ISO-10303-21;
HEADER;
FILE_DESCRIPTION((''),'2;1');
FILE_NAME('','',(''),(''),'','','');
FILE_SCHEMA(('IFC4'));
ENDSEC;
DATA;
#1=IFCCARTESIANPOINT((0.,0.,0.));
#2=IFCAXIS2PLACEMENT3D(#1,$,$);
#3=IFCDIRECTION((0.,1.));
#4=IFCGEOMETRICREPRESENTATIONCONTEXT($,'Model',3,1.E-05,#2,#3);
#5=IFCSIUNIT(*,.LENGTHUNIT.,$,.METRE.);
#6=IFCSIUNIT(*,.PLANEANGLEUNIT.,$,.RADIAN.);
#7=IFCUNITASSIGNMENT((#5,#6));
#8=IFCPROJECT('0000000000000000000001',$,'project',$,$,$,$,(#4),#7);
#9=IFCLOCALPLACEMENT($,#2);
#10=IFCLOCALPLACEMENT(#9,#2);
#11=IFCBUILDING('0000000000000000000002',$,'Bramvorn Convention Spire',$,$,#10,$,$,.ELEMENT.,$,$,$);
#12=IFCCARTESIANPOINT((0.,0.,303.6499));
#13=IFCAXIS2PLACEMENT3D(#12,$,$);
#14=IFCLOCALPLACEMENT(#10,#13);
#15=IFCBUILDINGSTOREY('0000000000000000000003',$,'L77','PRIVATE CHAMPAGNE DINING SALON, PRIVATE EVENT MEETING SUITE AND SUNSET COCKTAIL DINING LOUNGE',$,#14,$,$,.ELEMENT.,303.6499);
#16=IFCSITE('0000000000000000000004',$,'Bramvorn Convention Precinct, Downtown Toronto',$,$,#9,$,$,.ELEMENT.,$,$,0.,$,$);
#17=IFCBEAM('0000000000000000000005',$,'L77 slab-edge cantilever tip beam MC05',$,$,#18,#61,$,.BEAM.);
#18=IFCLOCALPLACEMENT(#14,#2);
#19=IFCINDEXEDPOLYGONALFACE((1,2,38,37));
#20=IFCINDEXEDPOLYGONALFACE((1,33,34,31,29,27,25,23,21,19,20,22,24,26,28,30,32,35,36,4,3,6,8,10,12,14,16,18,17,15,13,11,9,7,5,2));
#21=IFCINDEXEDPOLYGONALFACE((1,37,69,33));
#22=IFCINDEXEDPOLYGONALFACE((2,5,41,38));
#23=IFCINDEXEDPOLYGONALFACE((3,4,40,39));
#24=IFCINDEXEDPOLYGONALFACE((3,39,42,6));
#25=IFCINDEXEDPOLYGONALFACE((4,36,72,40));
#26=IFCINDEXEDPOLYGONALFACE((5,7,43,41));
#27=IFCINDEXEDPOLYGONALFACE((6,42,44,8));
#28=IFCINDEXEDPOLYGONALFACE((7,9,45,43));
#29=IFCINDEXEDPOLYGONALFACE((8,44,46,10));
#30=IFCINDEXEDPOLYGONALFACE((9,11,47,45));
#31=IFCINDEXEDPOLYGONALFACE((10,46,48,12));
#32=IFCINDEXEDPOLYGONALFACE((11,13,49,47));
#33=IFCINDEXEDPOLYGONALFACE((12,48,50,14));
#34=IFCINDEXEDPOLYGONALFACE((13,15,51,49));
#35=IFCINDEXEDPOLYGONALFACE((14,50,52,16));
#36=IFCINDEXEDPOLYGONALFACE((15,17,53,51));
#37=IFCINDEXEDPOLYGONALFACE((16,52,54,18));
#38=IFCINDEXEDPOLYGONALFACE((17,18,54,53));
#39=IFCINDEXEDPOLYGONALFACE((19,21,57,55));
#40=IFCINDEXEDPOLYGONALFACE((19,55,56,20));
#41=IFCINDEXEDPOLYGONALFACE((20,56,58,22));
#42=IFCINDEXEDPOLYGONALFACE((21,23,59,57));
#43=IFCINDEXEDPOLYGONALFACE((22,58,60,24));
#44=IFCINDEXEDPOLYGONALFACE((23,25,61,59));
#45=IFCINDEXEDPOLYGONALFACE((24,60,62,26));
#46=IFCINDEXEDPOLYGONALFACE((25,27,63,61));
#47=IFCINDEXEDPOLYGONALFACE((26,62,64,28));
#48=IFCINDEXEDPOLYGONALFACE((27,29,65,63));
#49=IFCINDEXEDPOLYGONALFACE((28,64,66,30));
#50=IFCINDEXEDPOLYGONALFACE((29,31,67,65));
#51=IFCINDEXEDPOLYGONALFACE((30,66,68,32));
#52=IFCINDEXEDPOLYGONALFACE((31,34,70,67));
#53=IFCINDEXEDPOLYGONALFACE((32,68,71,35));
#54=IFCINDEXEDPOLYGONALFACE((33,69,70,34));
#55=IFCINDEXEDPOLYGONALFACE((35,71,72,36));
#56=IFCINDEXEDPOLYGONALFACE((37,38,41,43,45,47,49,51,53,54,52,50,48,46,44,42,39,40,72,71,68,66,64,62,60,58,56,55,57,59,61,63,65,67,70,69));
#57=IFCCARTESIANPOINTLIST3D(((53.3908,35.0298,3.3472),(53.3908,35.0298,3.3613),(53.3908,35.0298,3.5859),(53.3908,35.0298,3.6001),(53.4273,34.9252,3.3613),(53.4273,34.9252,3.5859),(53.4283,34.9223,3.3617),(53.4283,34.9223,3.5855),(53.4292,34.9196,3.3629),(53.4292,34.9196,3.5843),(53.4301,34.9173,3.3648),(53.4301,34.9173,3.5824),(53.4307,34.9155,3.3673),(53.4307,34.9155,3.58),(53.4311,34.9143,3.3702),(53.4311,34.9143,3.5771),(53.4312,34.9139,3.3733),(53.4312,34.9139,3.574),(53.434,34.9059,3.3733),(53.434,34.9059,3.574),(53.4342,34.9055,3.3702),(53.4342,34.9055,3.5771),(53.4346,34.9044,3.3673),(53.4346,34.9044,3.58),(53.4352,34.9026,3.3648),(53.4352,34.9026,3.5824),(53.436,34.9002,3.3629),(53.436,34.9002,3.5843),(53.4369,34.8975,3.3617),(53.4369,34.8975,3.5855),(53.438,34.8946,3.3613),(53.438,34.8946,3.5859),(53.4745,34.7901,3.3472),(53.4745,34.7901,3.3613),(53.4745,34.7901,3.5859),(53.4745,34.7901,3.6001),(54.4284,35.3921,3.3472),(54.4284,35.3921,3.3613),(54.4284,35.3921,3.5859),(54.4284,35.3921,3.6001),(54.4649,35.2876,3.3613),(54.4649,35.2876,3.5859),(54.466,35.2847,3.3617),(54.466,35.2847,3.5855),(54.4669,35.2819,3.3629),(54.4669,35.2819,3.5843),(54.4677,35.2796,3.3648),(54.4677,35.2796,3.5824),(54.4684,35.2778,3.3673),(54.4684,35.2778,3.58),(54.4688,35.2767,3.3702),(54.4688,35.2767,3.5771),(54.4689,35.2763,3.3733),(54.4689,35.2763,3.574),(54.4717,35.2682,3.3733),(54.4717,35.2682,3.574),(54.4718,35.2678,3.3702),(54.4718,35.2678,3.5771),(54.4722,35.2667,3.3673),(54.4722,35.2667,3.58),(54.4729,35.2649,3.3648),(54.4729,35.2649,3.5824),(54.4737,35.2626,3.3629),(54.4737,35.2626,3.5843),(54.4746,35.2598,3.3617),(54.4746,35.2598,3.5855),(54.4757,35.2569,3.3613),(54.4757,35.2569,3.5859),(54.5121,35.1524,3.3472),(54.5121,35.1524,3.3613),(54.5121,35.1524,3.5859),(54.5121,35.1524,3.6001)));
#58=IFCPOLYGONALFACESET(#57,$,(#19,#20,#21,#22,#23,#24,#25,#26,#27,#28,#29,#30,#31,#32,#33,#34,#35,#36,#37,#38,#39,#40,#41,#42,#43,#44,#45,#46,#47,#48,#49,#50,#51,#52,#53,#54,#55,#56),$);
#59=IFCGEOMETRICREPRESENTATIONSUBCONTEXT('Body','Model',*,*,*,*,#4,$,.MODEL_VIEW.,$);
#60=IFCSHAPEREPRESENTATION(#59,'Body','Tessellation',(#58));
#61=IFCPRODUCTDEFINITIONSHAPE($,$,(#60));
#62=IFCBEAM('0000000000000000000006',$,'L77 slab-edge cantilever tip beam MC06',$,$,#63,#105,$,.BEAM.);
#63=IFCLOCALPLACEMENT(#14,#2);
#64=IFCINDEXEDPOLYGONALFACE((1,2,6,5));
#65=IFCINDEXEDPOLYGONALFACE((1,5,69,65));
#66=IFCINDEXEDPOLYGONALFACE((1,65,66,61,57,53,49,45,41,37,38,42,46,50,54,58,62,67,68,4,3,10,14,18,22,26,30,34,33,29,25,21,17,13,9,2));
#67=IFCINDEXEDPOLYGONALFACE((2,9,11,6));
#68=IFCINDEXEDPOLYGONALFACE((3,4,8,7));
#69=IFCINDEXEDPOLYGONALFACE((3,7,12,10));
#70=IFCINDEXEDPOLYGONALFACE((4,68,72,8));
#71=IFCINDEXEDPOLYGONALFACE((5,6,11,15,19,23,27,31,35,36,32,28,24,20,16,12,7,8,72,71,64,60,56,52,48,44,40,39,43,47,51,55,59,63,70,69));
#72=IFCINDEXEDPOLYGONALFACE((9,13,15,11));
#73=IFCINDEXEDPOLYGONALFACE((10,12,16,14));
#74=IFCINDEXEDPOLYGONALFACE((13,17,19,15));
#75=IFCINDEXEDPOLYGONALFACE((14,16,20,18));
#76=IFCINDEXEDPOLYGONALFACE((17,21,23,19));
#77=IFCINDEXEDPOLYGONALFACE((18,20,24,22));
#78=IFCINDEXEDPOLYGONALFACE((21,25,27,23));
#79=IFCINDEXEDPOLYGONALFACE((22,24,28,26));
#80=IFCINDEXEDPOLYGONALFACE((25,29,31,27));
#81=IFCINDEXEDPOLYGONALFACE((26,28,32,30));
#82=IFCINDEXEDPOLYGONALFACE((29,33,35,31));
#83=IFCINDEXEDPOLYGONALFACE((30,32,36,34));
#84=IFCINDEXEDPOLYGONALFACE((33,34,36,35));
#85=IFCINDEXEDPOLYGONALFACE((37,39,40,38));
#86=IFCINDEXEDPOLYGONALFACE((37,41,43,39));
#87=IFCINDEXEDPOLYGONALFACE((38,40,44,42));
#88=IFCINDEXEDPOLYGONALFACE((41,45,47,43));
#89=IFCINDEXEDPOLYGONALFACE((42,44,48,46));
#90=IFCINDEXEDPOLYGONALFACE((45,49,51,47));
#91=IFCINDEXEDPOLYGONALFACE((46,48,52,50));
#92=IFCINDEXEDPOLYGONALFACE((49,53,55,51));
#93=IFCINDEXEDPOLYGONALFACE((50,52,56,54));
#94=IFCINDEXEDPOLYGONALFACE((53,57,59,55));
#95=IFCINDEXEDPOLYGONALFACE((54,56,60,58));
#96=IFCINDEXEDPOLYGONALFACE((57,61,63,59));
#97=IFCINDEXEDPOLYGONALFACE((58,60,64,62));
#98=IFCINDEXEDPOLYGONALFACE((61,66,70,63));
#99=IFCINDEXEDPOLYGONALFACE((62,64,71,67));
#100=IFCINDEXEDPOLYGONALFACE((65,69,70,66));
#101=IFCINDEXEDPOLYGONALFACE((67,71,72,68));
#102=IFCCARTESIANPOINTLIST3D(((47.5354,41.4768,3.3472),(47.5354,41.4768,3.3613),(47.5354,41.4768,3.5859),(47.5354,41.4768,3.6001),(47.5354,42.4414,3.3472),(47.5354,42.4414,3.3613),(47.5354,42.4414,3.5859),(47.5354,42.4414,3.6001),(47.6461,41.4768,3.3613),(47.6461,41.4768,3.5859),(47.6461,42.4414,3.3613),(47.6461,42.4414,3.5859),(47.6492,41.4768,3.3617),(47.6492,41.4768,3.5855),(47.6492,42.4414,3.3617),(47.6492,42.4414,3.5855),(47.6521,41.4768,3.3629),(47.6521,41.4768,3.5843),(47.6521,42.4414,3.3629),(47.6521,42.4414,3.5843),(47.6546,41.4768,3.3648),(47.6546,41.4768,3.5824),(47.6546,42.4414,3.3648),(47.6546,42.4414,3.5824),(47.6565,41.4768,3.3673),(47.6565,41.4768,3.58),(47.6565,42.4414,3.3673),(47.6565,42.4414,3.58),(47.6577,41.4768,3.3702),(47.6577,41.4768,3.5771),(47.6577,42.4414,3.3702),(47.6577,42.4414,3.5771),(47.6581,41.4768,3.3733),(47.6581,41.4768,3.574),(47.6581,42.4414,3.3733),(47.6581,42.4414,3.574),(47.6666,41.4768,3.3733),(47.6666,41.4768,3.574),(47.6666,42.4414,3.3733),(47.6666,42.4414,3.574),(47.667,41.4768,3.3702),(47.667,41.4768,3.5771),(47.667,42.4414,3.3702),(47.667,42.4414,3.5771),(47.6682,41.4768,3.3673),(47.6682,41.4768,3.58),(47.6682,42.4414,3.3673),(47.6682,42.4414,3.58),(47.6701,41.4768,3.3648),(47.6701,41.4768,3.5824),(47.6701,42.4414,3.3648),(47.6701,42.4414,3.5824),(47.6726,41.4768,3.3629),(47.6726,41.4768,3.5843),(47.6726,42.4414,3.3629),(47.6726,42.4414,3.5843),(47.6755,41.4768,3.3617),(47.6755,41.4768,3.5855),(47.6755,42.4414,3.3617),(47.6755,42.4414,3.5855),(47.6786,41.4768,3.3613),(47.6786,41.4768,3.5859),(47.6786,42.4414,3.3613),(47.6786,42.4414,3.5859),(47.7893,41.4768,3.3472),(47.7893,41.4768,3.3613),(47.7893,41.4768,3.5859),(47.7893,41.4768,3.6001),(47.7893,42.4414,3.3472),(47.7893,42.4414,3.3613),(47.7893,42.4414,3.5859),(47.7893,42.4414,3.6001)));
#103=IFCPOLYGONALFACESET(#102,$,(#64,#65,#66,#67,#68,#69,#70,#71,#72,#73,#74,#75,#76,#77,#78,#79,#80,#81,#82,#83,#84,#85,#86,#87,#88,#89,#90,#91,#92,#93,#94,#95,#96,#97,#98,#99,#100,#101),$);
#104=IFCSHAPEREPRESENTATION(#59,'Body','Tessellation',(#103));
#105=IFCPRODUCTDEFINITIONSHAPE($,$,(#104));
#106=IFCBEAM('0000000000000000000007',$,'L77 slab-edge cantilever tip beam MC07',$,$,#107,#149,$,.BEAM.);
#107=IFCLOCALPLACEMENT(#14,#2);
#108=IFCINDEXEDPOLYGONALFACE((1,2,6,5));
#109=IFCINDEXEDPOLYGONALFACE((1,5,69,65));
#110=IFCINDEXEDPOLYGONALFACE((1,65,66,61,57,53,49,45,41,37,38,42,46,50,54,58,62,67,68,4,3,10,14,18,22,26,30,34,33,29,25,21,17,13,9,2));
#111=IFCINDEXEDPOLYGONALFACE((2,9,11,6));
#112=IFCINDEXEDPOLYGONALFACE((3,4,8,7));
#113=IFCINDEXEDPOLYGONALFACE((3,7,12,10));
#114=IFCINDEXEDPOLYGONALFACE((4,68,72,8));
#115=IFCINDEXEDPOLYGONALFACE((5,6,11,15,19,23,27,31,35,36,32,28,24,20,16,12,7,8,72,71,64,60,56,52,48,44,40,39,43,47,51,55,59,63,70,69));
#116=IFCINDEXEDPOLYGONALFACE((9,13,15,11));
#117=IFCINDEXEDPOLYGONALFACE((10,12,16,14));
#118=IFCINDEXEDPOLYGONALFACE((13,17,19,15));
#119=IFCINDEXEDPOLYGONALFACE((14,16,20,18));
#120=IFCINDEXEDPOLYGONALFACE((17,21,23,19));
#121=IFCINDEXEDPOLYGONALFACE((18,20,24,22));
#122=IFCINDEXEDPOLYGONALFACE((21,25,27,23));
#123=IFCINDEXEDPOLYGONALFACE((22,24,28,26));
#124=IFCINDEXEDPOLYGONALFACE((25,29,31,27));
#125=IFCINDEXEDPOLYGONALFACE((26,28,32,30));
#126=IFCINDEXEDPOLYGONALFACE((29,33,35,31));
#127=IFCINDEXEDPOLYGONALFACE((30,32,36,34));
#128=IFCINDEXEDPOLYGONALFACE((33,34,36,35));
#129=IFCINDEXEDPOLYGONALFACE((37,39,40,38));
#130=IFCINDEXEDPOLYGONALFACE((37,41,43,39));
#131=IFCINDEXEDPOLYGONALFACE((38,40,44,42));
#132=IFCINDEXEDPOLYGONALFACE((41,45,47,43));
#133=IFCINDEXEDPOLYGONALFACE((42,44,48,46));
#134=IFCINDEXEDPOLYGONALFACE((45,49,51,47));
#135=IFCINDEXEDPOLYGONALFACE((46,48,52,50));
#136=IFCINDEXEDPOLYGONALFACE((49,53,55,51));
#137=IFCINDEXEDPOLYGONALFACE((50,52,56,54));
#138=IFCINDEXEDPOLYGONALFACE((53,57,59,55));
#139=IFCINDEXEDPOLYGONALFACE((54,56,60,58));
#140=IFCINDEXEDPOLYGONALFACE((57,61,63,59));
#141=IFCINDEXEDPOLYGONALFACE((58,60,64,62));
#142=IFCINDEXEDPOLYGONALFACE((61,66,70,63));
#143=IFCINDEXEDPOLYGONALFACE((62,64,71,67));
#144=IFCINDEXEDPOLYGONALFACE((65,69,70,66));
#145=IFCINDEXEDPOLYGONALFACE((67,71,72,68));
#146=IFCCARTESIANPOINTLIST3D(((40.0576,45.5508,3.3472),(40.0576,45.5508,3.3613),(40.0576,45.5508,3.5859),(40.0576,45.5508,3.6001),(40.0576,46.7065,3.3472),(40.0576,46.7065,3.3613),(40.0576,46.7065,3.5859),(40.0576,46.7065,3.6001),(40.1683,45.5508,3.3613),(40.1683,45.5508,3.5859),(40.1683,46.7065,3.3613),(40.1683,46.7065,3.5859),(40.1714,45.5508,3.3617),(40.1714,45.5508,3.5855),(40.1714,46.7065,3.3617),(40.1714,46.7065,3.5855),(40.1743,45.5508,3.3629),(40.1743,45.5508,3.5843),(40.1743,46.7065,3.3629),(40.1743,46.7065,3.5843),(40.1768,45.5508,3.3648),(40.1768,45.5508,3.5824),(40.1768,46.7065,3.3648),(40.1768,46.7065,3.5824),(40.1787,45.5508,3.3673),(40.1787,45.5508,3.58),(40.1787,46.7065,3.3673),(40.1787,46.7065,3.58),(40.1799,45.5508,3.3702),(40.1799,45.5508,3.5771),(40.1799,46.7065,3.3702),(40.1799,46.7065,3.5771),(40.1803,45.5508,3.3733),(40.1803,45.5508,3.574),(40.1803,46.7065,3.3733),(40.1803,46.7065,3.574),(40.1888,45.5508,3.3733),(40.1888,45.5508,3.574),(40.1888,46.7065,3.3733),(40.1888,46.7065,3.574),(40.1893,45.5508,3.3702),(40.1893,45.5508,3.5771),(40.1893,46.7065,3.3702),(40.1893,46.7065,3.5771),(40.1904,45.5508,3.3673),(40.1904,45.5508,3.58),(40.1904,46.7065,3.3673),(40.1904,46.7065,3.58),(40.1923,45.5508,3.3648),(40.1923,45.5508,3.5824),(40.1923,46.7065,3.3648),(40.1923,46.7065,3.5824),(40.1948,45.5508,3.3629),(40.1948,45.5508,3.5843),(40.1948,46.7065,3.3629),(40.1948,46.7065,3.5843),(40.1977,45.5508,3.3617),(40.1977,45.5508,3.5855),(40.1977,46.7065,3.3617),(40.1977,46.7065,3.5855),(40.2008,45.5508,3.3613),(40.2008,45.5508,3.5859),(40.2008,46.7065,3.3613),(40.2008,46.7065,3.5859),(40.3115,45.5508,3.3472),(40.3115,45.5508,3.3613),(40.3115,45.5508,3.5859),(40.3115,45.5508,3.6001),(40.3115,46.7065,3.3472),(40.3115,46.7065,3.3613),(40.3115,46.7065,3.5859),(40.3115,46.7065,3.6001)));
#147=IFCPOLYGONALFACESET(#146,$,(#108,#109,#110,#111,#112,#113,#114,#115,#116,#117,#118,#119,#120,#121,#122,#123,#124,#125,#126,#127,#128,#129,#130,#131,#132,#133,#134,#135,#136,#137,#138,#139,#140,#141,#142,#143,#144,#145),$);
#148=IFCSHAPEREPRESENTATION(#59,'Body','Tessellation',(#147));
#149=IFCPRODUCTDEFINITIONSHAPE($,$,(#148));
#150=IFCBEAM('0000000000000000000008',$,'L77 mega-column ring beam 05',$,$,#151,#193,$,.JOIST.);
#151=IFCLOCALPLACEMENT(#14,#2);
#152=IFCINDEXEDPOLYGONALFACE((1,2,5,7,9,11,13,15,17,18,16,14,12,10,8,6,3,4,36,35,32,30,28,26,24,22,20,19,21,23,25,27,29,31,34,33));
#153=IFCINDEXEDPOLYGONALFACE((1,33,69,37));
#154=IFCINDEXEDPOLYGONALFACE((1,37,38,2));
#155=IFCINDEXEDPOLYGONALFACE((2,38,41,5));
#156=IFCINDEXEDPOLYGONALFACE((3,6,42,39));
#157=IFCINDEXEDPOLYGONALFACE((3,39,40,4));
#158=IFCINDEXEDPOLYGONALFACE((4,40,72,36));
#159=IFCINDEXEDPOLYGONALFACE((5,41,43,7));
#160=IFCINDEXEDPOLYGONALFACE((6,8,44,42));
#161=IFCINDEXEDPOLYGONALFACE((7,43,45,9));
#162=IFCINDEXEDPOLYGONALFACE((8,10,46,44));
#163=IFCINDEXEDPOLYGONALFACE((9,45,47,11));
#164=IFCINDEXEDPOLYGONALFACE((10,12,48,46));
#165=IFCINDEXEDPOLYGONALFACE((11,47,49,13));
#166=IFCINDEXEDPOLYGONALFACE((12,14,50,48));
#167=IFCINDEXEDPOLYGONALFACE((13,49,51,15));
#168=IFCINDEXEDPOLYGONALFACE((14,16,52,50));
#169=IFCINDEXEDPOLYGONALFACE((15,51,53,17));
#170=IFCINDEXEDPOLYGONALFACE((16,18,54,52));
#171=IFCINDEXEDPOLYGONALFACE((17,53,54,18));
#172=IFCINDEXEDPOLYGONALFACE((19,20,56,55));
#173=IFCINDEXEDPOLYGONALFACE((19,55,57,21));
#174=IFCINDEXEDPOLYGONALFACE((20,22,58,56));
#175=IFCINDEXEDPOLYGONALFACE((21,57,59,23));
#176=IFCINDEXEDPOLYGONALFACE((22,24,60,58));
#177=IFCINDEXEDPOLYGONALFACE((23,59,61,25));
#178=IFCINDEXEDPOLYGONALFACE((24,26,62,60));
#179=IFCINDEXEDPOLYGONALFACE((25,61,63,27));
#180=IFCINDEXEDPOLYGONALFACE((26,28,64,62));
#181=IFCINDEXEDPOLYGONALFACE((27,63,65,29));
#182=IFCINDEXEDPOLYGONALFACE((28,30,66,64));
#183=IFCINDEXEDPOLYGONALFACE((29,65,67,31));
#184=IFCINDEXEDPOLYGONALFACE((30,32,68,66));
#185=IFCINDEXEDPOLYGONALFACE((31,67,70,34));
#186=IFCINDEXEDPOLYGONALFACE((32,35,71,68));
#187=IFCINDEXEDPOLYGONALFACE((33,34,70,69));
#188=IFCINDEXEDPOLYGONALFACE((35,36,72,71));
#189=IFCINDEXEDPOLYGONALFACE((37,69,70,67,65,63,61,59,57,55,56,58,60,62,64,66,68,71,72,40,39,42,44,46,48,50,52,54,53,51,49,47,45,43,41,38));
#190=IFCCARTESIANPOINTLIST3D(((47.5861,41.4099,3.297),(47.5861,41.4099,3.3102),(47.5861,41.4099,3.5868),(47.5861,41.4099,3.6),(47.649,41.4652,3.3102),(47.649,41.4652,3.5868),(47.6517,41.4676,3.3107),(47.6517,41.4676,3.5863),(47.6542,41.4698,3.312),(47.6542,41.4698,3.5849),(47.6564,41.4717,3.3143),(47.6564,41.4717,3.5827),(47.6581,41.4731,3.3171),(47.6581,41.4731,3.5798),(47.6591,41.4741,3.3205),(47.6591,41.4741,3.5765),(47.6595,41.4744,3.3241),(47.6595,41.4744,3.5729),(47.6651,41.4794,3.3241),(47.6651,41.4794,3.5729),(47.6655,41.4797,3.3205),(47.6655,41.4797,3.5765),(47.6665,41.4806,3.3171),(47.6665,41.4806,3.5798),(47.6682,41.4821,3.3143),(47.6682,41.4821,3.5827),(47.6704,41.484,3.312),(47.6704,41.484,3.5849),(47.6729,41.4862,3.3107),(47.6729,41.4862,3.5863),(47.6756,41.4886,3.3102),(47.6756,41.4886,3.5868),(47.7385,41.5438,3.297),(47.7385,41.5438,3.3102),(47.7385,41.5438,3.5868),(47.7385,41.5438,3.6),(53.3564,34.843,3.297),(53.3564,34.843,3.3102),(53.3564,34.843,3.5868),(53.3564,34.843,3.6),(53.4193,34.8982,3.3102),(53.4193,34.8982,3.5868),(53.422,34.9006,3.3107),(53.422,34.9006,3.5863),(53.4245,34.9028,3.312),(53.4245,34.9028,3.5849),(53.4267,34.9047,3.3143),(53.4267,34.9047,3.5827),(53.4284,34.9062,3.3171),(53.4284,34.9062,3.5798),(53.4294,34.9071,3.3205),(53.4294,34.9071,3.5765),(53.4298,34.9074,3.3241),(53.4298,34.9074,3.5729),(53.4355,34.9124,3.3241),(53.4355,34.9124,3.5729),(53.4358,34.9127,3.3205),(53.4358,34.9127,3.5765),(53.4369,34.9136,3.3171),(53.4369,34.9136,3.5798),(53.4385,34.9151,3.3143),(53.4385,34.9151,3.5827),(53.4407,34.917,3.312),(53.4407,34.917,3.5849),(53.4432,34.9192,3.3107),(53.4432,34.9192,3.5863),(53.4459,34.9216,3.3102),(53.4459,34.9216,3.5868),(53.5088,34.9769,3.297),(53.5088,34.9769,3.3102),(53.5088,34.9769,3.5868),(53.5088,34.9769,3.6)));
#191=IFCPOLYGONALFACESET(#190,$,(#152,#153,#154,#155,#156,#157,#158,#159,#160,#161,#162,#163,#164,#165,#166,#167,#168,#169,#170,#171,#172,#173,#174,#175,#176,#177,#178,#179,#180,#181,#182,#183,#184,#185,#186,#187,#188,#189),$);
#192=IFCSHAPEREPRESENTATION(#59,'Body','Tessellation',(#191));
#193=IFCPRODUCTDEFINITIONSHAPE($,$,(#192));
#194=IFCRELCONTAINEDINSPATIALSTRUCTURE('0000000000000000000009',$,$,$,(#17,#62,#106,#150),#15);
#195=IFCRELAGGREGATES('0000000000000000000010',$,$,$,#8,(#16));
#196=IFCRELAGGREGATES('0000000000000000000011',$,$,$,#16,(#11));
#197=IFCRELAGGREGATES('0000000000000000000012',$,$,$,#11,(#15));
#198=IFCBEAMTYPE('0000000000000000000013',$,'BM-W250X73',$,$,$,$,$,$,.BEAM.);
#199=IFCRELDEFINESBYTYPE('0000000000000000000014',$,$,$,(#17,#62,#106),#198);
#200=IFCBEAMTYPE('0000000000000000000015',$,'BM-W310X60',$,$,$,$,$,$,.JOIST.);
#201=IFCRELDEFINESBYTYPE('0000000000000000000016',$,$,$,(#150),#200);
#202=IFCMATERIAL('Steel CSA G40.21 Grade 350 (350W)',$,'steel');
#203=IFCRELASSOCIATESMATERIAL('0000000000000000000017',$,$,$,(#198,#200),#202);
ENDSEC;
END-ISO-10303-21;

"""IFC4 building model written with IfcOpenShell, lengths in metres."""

from ifc_helpers import new_model, si_unit, direction, frame, origin, origin_2d, place, context, subcontext, project, spatial, i_section, extrude, material, material_profile, profile_set, type_object, element, save


model = new_model("IFC4")

# Units and contexts
model_context = context("Model", 3, precision=1e-05, world=origin(), true_north=direction((0.0, 1.0)))
body_context = subcontext(model_context, "Body", "Model", "MODEL_VIEW")
ifc_project = project(units=[si_unit("LENGTHUNIT", "METRE"), si_unit("PLANEANGLEUNIT", "RADIAN")], contexts=[model_context])

# Site, building, storey
site_placement = place(None, origin())
site = spatial("IfcSite", under=ifc_project, at=site_placement, Name="Bramvorn Convention Precinct, Downtown Toronto", CompositionType="ELEMENT", RefElevation=0.0)
building_placement = place(site_placement, origin())
building = spatial("IfcBuilding", under=site, at=building_placement, Name="Bramvorn Convention Spire", CompositionType="ELEMENT")
storey_placement = place(building_placement, frame((0.0, 0.0, 303.6499)))
storey = spatial("IfcBuildingStorey", under=building, at=storey_placement, Name="L77", Description="PRIVATE CHAMPAGNE DINING SALON, PRIVATE EVENT MEETING SUITE AND SUNSET COCKTAIL DINING LOUNGE", CompositionType="ELEMENT", Elevation=303.6499)

# Shared definitions
ifc_material_1 = material(Name="Steel CSA G40.21 Grade 350 (350W)", Category="steel")

# Beams
ifc_material_profile_1 = material_profile(ifc_material_1, i_section(OverallWidth=0.2539, OverallDepth=0.2529, WebThickness=0.0085, FlangeThickness=0.0142, FilletRadius=0.012, at=origin_2d()))
ifc_profile_set_1 = profile_set([ifc_material_profile_1], Name="Steel CSA G40.21 Grade 350 (350W) - W250X73")
beam_type_1 = type_object("IfcBeamType", Name="BM-W250X73", PredefinedType="BEAM", material=ifc_profile_set_1)
beam_1_placement = place(storey_placement, frame((53.4326, 34.9099, 3.4736), z_axis=(0.944101, 0.329658, 0.0), x_axis=(-0.329658, 0.944101, 0.0)))
element("IfcBeam", 1, at=beam_1_placement, inside=storey, type_object=beam_type_1, Name="L77 slab-edge cantilever tip beam MC05", PredefinedType="BEAM", context=body_context, shape_type="SweptSolid", body=[
    extrude(i_section(OverallWidth=0.2539, OverallDepth=0.2529, WebThickness=0.0085, FlangeThickness=0.0142, FilletRadius=0.012, at=origin_2d()), origin(), (0.0, 0.0, 1.0), 1.0991),
])
beam_2_placement = place(storey_placement, frame((47.6624, 41.4768, 3.4736), z_axis=(0.0, 1.0, 0.0), x_axis=(-1.0, 0.0, 0.0)))
element("IfcBeam", 2, at=beam_2_placement, inside=storey, type_object=beam_type_1, Name="L77 slab-edge cantilever tip beam MC06", PredefinedType="BEAM", context=body_context, shape_type="SweptSolid", body=[
    extrude(i_section(OverallWidth=0.2539, OverallDepth=0.2529, WebThickness=0.0085, FlangeThickness=0.0142, FilletRadius=0.012, at=origin_2d()), origin(), (0.0, 0.0, 1.0), 0.9646),
])
beam_3_placement = place(storey_placement, frame((40.1846, 45.5508, 3.4736), z_axis=(0.0, 1.0, 0.0), x_axis=(-1.0, 0.0, 0.0)))
element("IfcBeam", 3, at=beam_3_placement, inside=storey, type_object=beam_type_1, Name="L77 slab-edge cantilever tip beam MC07", PredefinedType="BEAM", context=body_context, shape_type="SweptSolid", body=[
    extrude(i_section(OverallWidth=0.2539, OverallDepth=0.2529, WebThickness=0.0085, FlangeThickness=0.0142, FilletRadius=0.012, at=origin_2d()), origin(), (0.0, 0.0, 1.0), 1.1558),
])
ifc_material_profile_2 = material_profile(ifc_material_1, i_section(OverallWidth=0.2029, OverallDepth=0.303, WebThickness=0.0076, FlangeThickness=0.0132, FilletRadius=0.0139, at=origin_2d()))
ifc_profile_set_2 = profile_set([ifc_material_profile_2], Name="Steel CSA G40.21 Grade 350 (350W) - W310X60")
beam_type_2 = type_object("IfcBeamType", Name="BM-W310X60", PredefinedType="JOIST", material=ifc_profile_set_2)
beam_4_placement = place(storey_placement, frame((53.4326, 34.9099, 3.4485), z_axis=(-0.660073, 0.751201, 0.0), x_axis=(-0.751201, -0.660073, 0.0)))
element("IfcBeam", 4, at=beam_4_placement, inside=storey, type_object=beam_type_2, Name="L77 mega-column ring beam 05", PredefinedType="JOIST", context=body_context, shape_type="SweptSolid", body=[
    extrude(i_section(OverallWidth=0.2029, OverallDepth=0.303, WebThickness=0.0076, FlangeThickness=0.0132, FilletRadius=0.0139, at=origin_2d()), origin(), (0.0, 0.0, 1.0), 8.7419),
])

save(model, "model.ifc")
